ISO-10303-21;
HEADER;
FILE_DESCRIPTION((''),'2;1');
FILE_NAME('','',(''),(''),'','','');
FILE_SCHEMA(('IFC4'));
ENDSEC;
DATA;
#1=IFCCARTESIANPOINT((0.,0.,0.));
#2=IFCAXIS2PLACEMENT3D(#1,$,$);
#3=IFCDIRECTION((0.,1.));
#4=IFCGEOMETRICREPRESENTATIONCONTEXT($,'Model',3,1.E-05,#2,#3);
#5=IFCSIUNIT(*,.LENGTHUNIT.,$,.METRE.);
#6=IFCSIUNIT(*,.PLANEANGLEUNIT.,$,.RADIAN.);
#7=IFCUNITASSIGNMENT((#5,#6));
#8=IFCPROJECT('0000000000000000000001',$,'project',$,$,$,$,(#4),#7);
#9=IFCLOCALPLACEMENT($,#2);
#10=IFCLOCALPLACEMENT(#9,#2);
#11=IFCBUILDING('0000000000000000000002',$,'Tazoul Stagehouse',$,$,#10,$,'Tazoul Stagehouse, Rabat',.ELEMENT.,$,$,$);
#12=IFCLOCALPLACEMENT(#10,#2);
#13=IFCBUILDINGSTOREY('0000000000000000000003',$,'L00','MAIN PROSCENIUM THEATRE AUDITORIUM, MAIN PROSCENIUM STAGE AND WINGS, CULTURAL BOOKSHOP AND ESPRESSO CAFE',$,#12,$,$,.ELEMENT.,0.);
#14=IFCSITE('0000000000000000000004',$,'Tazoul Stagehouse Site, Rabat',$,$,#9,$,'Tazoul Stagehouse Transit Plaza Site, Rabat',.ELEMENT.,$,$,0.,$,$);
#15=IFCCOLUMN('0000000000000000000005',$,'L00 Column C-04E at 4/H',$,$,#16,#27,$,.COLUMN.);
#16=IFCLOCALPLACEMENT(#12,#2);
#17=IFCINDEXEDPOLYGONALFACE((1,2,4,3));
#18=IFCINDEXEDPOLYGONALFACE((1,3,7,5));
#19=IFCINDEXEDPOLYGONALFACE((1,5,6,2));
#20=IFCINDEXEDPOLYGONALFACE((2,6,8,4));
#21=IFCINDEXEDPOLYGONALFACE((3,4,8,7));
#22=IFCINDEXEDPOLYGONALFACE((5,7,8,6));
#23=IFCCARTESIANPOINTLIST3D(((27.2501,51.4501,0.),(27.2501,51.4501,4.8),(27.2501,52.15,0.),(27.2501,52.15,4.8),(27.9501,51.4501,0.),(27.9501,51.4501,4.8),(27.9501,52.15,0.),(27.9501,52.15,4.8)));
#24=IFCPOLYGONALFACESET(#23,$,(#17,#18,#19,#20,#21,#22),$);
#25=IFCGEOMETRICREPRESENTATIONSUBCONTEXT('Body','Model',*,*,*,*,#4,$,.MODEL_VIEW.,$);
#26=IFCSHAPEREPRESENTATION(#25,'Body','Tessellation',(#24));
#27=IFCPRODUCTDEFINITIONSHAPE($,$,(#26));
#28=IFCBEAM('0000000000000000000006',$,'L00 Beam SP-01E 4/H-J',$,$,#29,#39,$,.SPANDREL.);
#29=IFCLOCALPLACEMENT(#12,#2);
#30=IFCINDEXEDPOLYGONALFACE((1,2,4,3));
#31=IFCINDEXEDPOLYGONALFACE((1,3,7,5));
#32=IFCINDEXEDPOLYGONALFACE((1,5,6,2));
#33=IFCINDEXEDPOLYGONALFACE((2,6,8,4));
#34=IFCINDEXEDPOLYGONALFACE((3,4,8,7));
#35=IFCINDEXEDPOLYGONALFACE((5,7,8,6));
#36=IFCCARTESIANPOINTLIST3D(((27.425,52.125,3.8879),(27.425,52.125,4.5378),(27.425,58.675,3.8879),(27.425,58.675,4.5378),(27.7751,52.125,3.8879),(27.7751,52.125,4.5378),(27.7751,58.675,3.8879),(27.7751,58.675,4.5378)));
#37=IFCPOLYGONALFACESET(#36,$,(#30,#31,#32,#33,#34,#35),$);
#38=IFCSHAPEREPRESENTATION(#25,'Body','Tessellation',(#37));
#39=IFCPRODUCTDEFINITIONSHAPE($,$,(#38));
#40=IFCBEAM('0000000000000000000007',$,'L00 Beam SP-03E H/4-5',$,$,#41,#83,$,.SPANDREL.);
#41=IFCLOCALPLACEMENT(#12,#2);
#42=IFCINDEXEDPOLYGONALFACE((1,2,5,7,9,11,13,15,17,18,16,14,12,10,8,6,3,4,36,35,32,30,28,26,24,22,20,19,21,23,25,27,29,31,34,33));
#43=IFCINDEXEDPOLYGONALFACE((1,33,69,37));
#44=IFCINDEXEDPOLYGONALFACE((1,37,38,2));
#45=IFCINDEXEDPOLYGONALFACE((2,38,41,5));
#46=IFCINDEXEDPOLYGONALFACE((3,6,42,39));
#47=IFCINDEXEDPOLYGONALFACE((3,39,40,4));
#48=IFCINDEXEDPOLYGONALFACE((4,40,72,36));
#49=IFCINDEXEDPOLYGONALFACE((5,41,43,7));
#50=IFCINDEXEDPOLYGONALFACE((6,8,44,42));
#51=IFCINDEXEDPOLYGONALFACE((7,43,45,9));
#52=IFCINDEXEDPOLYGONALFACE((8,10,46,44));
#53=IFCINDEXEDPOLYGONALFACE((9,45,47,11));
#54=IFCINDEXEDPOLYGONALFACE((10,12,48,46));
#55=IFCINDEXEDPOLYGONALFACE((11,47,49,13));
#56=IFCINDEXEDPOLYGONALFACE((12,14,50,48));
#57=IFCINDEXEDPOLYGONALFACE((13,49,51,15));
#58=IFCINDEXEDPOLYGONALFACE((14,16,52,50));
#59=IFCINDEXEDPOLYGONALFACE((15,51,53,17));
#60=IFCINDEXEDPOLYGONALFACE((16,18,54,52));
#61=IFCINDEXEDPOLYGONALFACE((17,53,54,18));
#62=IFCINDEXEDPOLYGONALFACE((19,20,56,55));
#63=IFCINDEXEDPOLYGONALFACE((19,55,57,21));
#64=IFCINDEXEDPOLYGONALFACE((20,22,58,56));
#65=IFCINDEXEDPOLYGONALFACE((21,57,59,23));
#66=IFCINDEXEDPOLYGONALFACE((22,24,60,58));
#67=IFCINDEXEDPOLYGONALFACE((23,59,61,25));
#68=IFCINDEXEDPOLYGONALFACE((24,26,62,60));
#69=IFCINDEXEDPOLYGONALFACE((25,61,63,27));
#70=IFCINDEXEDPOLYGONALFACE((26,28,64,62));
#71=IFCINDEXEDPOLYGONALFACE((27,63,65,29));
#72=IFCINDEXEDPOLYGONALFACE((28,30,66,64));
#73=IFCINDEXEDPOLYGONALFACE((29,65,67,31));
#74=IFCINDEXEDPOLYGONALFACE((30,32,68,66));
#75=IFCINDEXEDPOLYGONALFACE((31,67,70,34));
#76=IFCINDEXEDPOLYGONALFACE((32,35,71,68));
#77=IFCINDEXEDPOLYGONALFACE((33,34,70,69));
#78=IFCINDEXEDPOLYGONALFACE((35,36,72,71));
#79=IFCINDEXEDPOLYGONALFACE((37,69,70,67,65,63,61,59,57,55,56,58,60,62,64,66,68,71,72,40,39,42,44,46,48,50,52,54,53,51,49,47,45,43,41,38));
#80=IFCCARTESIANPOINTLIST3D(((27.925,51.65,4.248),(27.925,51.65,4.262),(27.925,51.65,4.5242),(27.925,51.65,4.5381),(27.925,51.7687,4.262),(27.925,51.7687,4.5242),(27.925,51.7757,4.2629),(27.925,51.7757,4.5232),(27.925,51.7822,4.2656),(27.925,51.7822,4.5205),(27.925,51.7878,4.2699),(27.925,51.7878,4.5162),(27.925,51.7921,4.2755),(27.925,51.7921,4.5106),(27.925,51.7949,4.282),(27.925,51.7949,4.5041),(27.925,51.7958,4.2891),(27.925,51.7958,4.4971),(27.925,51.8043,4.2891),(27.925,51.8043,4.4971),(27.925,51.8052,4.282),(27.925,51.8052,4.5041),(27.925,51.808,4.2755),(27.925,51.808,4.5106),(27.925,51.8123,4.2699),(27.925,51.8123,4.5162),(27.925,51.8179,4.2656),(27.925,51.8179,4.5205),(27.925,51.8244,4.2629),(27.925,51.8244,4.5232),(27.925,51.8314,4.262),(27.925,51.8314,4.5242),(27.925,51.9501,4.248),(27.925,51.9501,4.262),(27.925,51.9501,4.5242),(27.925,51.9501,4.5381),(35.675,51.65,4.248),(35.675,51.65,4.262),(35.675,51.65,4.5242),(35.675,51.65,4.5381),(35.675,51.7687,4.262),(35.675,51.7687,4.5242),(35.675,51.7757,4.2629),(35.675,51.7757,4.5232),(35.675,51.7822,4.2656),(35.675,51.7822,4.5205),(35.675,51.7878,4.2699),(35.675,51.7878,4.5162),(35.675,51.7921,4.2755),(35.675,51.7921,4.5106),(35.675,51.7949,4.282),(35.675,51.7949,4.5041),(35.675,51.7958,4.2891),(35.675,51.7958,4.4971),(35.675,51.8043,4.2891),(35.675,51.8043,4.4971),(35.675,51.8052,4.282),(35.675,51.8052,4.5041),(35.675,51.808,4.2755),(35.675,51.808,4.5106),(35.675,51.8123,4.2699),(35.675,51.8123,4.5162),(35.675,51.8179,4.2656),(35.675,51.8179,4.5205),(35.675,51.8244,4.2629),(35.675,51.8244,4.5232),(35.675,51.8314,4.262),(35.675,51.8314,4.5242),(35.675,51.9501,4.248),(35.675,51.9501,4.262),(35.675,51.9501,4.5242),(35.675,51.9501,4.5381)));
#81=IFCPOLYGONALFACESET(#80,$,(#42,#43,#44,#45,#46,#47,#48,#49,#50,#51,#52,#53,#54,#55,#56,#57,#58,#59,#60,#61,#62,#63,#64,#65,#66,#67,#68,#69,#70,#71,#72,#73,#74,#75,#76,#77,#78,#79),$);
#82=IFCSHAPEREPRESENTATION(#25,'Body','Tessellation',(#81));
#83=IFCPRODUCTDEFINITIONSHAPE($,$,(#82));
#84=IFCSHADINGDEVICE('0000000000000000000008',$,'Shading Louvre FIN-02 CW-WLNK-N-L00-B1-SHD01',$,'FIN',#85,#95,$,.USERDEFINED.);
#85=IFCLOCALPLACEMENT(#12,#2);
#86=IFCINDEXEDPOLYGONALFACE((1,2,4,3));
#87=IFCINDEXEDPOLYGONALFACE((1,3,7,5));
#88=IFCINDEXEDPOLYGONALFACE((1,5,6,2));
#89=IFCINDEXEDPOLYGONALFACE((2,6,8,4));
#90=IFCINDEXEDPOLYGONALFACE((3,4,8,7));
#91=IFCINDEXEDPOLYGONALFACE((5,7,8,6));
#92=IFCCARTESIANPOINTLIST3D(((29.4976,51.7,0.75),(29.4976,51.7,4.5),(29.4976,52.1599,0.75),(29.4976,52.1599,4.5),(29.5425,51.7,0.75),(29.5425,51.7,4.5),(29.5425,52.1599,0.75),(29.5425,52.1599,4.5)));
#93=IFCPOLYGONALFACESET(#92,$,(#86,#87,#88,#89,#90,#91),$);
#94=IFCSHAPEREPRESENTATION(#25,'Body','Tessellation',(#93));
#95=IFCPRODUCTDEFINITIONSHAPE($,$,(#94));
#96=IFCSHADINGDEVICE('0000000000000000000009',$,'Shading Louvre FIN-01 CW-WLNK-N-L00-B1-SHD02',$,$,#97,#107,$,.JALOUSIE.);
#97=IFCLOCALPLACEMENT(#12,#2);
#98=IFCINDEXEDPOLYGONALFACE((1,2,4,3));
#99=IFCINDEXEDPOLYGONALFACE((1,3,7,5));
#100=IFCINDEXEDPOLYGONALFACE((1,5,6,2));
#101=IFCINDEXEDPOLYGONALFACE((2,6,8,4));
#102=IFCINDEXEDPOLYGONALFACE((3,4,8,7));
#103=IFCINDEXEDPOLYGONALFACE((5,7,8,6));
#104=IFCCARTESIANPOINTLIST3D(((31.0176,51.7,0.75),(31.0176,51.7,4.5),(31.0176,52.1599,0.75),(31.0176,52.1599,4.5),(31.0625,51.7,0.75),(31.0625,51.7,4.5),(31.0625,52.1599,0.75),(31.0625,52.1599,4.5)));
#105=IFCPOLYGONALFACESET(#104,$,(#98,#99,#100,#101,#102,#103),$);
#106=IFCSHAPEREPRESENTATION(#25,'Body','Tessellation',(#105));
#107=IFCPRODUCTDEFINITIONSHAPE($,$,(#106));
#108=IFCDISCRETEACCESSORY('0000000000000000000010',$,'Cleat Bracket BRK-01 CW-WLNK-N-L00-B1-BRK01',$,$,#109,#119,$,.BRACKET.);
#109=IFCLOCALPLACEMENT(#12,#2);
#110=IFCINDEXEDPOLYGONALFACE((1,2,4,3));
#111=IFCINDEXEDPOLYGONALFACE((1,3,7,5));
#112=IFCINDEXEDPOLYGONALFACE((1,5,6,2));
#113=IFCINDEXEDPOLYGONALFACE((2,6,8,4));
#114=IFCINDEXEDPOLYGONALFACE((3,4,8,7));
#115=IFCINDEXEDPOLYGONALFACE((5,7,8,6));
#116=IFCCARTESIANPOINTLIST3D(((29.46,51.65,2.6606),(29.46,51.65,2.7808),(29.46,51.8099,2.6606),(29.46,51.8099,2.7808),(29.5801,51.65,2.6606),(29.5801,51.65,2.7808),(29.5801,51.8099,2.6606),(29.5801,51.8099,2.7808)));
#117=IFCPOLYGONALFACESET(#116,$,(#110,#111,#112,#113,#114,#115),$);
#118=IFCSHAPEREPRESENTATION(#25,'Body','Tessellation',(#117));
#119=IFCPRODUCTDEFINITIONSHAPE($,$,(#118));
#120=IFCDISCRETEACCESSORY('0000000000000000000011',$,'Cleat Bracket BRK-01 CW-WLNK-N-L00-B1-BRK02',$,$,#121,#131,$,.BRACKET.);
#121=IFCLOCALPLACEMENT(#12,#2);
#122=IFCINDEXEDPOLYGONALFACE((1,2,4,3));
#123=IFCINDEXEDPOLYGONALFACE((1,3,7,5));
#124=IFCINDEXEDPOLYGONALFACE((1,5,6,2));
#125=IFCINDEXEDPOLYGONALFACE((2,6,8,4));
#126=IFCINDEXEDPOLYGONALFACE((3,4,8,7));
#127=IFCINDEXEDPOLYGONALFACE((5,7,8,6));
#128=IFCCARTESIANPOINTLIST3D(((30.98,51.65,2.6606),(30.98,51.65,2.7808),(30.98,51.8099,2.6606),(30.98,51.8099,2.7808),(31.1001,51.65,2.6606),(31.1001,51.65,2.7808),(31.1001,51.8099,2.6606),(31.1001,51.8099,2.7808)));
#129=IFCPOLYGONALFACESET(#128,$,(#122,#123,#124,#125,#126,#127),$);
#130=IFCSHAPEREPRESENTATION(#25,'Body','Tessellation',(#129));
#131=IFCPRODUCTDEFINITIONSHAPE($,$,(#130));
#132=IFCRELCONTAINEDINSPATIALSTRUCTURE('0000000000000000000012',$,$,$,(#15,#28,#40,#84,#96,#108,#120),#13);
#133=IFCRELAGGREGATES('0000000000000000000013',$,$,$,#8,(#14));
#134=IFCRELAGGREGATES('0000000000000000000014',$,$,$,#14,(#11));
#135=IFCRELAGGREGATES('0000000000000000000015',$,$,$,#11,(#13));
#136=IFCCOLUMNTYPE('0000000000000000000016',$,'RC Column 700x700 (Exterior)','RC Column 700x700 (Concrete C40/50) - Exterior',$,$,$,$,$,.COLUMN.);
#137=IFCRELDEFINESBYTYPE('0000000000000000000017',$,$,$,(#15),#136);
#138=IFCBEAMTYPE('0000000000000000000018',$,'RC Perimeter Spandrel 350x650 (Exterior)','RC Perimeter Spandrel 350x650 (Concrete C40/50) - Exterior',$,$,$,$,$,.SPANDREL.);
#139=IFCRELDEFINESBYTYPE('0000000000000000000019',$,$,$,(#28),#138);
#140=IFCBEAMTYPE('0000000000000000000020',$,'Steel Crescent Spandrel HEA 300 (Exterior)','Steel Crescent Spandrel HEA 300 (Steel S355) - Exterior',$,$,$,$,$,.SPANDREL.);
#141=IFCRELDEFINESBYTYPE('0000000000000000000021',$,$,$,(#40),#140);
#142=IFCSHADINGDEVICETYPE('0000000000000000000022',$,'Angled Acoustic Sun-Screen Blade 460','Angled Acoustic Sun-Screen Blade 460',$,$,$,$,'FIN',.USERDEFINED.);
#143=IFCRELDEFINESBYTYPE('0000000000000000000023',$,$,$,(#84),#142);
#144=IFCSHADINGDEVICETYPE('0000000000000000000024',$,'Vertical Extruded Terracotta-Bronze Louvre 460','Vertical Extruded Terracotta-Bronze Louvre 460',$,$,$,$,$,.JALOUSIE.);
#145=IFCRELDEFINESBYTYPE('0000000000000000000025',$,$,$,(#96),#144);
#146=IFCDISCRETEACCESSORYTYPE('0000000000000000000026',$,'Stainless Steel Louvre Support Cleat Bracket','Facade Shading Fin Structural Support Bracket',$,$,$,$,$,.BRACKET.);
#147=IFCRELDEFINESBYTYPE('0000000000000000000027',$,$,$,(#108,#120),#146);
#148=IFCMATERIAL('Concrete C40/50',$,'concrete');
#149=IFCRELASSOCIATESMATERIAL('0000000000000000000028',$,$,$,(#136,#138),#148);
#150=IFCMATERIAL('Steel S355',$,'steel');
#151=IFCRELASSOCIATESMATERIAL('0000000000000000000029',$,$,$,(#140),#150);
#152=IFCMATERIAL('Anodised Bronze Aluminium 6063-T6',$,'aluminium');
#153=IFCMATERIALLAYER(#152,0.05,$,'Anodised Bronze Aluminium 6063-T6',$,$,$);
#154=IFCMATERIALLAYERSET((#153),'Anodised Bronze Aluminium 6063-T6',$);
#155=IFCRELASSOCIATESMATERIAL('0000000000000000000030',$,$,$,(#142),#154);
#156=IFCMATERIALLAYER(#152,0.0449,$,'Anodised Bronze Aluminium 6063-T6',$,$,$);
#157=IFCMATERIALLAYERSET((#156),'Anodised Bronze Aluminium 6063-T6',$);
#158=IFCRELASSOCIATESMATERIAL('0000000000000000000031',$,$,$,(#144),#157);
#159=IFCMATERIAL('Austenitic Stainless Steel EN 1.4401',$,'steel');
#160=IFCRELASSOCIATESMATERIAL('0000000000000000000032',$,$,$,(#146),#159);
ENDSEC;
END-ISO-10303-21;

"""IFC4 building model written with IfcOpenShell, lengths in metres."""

from ifc_helpers import new_model, si_unit, direction, frame, origin, origin_2d, place, context, subcontext, project, spatial, rectangle, i_section, extrude, material, layer, layer_set, material_profile, profile_set, type_object, element, save


model = new_model("IFC4")

# Units and contexts
model_context = context("Model", 3, precision=1e-05, world=origin(), true_north=direction((0.0, 1.0)))
body_context = subcontext(model_context, "Body", "Model", "MODEL_VIEW")
ifc_project = project(units=[si_unit("LENGTHUNIT", "METRE"), si_unit("PLANEANGLEUNIT", "RADIAN")], contexts=[model_context])

# Site, building, storey
site_placement = place(None, origin())
site = spatial("IfcSite", under=ifc_project, at=site_placement, Name="Tazoul Stagehouse Site, Rabat", LongName="Tazoul Stagehouse Transit Plaza Site, Rabat", CompositionType="ELEMENT", RefElevation=0.0)
building_placement = place(site_placement, origin())
building = spatial("IfcBuilding", under=site, at=building_placement, Name="Tazoul Stagehouse", LongName="Tazoul Stagehouse, Rabat", CompositionType="ELEMENT")
storey_placement = place(building_placement, origin())
storey = spatial("IfcBuildingStorey", under=building, at=storey_placement, Name="L00", Description="MAIN PROSCENIUM THEATRE AUDITORIUM, MAIN PROSCENIUM STAGE AND WINGS, CULTURAL BOOKSHOP AND ESPRESSO CAFE", CompositionType="ELEMENT", Elevation=0.0)

# Column
ifc_material_1 = material(Name="Concrete C40/50", Category="concrete")
ifc_material_profile_1 = material_profile(ifc_material_1, rectangle(XDim=0.7, YDim=0.7, at=origin_2d()), Name="RC 700x700")
ifc_profile_set_1 = profile_set([ifc_material_profile_1], Name="Concrete C40/50")
column_type = type_object("IfcColumnType", Name="RC Column 700x700 (Exterior)", Description="RC Column 700x700 (Concrete C40/50) - Exterior", PredefinedType="COLUMN", material=ifc_profile_set_1)
column_placement = place(storey_placement, frame((27.6001, 51.8, 0.0), z_axis=(0.0, 0.0, 1.0), x_axis=(1.0, 0.0, 0.0)))
element("IfcColumn", 1, at=column_placement, inside=storey, type_object=column_type, Name="L00 Column C-04E at 4/H", PredefinedType="COLUMN", context=body_context, shape_type="SweptSolid", body=[
    extrude(rectangle(XDim=0.7, YDim=0.7, at=origin_2d()), origin(), (0.0, 0.0, 1.0), 4.8),
])

# Beams
ifc_material_profile_2 = material_profile(ifc_material_1, rectangle(XDim=0.3501, YDim=0.6499, at=origin_2d()), Name="RC 350x650")
ifc_profile_set_2 = profile_set([ifc_material_profile_2], Name="Concrete C40/50")
beam_type_1 = type_object("IfcBeamType", Name="RC Perimeter Spandrel 350x650 (Exterior)", Description="RC Perimeter Spandrel 350x650 (Concrete C40/50) - Exterior", PredefinedType="SPANDREL", material=ifc_profile_set_2)
beam_1_placement = place(storey_placement, frame((27.6001, 52.125, 4.2129), z_axis=(0.0, 1.0, 0.0), x_axis=(-1.0, 0.0, 0.0)))
element("IfcBeam", 2, at=beam_1_placement, inside=storey, type_object=beam_type_1, Name="L00 Beam SP-01E 4/H-J", PredefinedType="SPANDREL", context=body_context, shape_type="SweptSolid", body=[
    extrude(rectangle(XDim=0.3501, YDim=0.6499, at=origin_2d()), origin(), (0.0, 0.0, 1.0), 6.55),
])
ifc_material_2 = material(Name="Steel S355", Category="steel")
ifc_material_profile_3 = material_profile(ifc_material_2, i_section(OverallWidth=0.3, OverallDepth=0.29, WebThickness=0.0085, FlangeThickness=0.0139, FilletRadius=0.0271, at=origin_2d()), Name="HEA 300")
ifc_profile_set_3 = profile_set([ifc_material_profile_3], Name="Steel S355")
beam_type_2 = type_object("IfcBeamType", Name="Steel Crescent Spandrel HEA 300 (Exterior)", Description="Steel Crescent Spandrel HEA 300 (Steel S355) - Exterior", PredefinedType="SPANDREL", material=ifc_profile_set_3)
beam_2_placement = place(storey_placement, frame((27.925, 51.8, 4.3931), z_axis=(1.0, 0.0, 0.0), x_axis=(0.0, 1.0, 0.0)))
element("IfcBeam", 3, at=beam_2_placement, inside=storey, type_object=beam_type_2, Name="L00 Beam SP-03E H/4-5", PredefinedType="SPANDREL", context=body_context, shape_type="SweptSolid", body=[
    extrude(i_section(OverallWidth=0.3, OverallDepth=0.29, WebThickness=0.0085, FlangeThickness=0.0139, FilletRadius=0.0271, at=origin_2d()), origin(), (0.0, 0.0, 1.0), 7.75),
])

# Shading devices
ifc_material_3 = material(Name="Anodised Bronze Aluminium 6063-T6", Category="aluminium")
ifc_layer_1 = layer(ifc_material_3, 0.05, Name="Anodised Bronze Aluminium 6063-T6")
ifc_layer_set_1 = layer_set([ifc_layer_1], Name="Anodised Bronze Aluminium 6063-T6")
shading_device_type_1 = type_object("IfcShadingDeviceType", Name="Angled Acoustic Sun-Screen Blade 460", Description="Angled Acoustic Sun-Screen Blade 460", ElementType="FIN", PredefinedType="USERDEFINED", material=ifc_layer_set_1)
shading_device_1_placement = place(storey_placement, frame((29.52, 51.9299, 0.75), z_axis=(0.0, 0.0, 1.0), x_axis=(1.0, 0.0, 0.0)))
element("IfcShadingDevice", 4, at=shading_device_1_placement, inside=storey, type_object=shading_device_type_1, Name="Shading Louvre FIN-02 CW-WLNK-N-L00-B1-SHD01", ObjectType="FIN", PredefinedType="USERDEFINED", context=body_context, shape_type="SweptSolid", body=[
    extrude(rectangle(XDim=0.0449, YDim=0.46, at=origin_2d()), origin(), (0.0, 0.0, 1.0), 3.75),
])
ifc_layer_2 = layer(ifc_material_3, 0.0449, Name="Anodised Bronze Aluminium 6063-T6")
ifc_layer_set_2 = layer_set([ifc_layer_2], Name="Anodised Bronze Aluminium 6063-T6")
shading_device_type_2 = type_object("IfcShadingDeviceType", Name="Vertical Extruded Terracotta-Bronze Louvre 460", Description="Vertical Extruded Terracotta-Bronze Louvre 460", PredefinedType="JALOUSIE", material=ifc_layer_set_2)
shading_device_2_placement = place(storey_placement, frame((31.04, 51.9299, 0.75), z_axis=(0.0, 0.0, 1.0), x_axis=(1.0, 0.0, 0.0)))
element("IfcShadingDevice", 5, at=shading_device_2_placement, inside=storey, type_object=shading_device_type_2, Name="Shading Louvre FIN-01 CW-WLNK-N-L00-B1-SHD02", PredefinedType="JALOUSIE", context=body_context, shape_type="SweptSolid", body=[
    extrude(rectangle(XDim=0.0449, YDim=0.46, at=origin_2d()), origin(), (0.0, 0.0, 1.0), 3.75),
])

# Discrete accessories
ifc_material_4 = material(Name="Austenitic Stainless Steel EN 1.4401", Category="steel")
discrete_accessory_type = type_object("IfcDiscreteAccessoryType", Name="Stainless Steel Louvre Support Cleat Bracket", Description="Facade Shading Fin Structural Support Bracket", PredefinedType="BRACKET", material=ifc_material_4)
for number, where, z_axis, x_axis, name in (
    (6, (29.52, 51.73, 2.6606), (0.0, 0.0, 1.0), (1.0, 0.0, 0.0), "Cleat Bracket BRK-01 CW-WLNK-N-L00-B1-BRK01"),
    (7, (31.04, 51.73, 2.6606), (0.0, 0.0, 1.0), (1.0, 0.0, 0.0), "Cleat Bracket BRK-01 CW-WLNK-N-L00-B1-BRK02"),
):
    element("IfcDiscreteAccessory", number, at=place(storey_placement, frame(where, z_axis=z_axis, x_axis=x_axis)), inside=storey, type_object=discrete_accessory_type, Name=name, PredefinedType="BRACKET", context=body_context, shape_type="SweptSolid", body=[
        extrude(rectangle(XDim=0.1201, YDim=0.1599, at=origin_2d()), origin(), (0.0, 0.0, 1.0), 0.1201),
    ])

save(model, "model.ifc")
